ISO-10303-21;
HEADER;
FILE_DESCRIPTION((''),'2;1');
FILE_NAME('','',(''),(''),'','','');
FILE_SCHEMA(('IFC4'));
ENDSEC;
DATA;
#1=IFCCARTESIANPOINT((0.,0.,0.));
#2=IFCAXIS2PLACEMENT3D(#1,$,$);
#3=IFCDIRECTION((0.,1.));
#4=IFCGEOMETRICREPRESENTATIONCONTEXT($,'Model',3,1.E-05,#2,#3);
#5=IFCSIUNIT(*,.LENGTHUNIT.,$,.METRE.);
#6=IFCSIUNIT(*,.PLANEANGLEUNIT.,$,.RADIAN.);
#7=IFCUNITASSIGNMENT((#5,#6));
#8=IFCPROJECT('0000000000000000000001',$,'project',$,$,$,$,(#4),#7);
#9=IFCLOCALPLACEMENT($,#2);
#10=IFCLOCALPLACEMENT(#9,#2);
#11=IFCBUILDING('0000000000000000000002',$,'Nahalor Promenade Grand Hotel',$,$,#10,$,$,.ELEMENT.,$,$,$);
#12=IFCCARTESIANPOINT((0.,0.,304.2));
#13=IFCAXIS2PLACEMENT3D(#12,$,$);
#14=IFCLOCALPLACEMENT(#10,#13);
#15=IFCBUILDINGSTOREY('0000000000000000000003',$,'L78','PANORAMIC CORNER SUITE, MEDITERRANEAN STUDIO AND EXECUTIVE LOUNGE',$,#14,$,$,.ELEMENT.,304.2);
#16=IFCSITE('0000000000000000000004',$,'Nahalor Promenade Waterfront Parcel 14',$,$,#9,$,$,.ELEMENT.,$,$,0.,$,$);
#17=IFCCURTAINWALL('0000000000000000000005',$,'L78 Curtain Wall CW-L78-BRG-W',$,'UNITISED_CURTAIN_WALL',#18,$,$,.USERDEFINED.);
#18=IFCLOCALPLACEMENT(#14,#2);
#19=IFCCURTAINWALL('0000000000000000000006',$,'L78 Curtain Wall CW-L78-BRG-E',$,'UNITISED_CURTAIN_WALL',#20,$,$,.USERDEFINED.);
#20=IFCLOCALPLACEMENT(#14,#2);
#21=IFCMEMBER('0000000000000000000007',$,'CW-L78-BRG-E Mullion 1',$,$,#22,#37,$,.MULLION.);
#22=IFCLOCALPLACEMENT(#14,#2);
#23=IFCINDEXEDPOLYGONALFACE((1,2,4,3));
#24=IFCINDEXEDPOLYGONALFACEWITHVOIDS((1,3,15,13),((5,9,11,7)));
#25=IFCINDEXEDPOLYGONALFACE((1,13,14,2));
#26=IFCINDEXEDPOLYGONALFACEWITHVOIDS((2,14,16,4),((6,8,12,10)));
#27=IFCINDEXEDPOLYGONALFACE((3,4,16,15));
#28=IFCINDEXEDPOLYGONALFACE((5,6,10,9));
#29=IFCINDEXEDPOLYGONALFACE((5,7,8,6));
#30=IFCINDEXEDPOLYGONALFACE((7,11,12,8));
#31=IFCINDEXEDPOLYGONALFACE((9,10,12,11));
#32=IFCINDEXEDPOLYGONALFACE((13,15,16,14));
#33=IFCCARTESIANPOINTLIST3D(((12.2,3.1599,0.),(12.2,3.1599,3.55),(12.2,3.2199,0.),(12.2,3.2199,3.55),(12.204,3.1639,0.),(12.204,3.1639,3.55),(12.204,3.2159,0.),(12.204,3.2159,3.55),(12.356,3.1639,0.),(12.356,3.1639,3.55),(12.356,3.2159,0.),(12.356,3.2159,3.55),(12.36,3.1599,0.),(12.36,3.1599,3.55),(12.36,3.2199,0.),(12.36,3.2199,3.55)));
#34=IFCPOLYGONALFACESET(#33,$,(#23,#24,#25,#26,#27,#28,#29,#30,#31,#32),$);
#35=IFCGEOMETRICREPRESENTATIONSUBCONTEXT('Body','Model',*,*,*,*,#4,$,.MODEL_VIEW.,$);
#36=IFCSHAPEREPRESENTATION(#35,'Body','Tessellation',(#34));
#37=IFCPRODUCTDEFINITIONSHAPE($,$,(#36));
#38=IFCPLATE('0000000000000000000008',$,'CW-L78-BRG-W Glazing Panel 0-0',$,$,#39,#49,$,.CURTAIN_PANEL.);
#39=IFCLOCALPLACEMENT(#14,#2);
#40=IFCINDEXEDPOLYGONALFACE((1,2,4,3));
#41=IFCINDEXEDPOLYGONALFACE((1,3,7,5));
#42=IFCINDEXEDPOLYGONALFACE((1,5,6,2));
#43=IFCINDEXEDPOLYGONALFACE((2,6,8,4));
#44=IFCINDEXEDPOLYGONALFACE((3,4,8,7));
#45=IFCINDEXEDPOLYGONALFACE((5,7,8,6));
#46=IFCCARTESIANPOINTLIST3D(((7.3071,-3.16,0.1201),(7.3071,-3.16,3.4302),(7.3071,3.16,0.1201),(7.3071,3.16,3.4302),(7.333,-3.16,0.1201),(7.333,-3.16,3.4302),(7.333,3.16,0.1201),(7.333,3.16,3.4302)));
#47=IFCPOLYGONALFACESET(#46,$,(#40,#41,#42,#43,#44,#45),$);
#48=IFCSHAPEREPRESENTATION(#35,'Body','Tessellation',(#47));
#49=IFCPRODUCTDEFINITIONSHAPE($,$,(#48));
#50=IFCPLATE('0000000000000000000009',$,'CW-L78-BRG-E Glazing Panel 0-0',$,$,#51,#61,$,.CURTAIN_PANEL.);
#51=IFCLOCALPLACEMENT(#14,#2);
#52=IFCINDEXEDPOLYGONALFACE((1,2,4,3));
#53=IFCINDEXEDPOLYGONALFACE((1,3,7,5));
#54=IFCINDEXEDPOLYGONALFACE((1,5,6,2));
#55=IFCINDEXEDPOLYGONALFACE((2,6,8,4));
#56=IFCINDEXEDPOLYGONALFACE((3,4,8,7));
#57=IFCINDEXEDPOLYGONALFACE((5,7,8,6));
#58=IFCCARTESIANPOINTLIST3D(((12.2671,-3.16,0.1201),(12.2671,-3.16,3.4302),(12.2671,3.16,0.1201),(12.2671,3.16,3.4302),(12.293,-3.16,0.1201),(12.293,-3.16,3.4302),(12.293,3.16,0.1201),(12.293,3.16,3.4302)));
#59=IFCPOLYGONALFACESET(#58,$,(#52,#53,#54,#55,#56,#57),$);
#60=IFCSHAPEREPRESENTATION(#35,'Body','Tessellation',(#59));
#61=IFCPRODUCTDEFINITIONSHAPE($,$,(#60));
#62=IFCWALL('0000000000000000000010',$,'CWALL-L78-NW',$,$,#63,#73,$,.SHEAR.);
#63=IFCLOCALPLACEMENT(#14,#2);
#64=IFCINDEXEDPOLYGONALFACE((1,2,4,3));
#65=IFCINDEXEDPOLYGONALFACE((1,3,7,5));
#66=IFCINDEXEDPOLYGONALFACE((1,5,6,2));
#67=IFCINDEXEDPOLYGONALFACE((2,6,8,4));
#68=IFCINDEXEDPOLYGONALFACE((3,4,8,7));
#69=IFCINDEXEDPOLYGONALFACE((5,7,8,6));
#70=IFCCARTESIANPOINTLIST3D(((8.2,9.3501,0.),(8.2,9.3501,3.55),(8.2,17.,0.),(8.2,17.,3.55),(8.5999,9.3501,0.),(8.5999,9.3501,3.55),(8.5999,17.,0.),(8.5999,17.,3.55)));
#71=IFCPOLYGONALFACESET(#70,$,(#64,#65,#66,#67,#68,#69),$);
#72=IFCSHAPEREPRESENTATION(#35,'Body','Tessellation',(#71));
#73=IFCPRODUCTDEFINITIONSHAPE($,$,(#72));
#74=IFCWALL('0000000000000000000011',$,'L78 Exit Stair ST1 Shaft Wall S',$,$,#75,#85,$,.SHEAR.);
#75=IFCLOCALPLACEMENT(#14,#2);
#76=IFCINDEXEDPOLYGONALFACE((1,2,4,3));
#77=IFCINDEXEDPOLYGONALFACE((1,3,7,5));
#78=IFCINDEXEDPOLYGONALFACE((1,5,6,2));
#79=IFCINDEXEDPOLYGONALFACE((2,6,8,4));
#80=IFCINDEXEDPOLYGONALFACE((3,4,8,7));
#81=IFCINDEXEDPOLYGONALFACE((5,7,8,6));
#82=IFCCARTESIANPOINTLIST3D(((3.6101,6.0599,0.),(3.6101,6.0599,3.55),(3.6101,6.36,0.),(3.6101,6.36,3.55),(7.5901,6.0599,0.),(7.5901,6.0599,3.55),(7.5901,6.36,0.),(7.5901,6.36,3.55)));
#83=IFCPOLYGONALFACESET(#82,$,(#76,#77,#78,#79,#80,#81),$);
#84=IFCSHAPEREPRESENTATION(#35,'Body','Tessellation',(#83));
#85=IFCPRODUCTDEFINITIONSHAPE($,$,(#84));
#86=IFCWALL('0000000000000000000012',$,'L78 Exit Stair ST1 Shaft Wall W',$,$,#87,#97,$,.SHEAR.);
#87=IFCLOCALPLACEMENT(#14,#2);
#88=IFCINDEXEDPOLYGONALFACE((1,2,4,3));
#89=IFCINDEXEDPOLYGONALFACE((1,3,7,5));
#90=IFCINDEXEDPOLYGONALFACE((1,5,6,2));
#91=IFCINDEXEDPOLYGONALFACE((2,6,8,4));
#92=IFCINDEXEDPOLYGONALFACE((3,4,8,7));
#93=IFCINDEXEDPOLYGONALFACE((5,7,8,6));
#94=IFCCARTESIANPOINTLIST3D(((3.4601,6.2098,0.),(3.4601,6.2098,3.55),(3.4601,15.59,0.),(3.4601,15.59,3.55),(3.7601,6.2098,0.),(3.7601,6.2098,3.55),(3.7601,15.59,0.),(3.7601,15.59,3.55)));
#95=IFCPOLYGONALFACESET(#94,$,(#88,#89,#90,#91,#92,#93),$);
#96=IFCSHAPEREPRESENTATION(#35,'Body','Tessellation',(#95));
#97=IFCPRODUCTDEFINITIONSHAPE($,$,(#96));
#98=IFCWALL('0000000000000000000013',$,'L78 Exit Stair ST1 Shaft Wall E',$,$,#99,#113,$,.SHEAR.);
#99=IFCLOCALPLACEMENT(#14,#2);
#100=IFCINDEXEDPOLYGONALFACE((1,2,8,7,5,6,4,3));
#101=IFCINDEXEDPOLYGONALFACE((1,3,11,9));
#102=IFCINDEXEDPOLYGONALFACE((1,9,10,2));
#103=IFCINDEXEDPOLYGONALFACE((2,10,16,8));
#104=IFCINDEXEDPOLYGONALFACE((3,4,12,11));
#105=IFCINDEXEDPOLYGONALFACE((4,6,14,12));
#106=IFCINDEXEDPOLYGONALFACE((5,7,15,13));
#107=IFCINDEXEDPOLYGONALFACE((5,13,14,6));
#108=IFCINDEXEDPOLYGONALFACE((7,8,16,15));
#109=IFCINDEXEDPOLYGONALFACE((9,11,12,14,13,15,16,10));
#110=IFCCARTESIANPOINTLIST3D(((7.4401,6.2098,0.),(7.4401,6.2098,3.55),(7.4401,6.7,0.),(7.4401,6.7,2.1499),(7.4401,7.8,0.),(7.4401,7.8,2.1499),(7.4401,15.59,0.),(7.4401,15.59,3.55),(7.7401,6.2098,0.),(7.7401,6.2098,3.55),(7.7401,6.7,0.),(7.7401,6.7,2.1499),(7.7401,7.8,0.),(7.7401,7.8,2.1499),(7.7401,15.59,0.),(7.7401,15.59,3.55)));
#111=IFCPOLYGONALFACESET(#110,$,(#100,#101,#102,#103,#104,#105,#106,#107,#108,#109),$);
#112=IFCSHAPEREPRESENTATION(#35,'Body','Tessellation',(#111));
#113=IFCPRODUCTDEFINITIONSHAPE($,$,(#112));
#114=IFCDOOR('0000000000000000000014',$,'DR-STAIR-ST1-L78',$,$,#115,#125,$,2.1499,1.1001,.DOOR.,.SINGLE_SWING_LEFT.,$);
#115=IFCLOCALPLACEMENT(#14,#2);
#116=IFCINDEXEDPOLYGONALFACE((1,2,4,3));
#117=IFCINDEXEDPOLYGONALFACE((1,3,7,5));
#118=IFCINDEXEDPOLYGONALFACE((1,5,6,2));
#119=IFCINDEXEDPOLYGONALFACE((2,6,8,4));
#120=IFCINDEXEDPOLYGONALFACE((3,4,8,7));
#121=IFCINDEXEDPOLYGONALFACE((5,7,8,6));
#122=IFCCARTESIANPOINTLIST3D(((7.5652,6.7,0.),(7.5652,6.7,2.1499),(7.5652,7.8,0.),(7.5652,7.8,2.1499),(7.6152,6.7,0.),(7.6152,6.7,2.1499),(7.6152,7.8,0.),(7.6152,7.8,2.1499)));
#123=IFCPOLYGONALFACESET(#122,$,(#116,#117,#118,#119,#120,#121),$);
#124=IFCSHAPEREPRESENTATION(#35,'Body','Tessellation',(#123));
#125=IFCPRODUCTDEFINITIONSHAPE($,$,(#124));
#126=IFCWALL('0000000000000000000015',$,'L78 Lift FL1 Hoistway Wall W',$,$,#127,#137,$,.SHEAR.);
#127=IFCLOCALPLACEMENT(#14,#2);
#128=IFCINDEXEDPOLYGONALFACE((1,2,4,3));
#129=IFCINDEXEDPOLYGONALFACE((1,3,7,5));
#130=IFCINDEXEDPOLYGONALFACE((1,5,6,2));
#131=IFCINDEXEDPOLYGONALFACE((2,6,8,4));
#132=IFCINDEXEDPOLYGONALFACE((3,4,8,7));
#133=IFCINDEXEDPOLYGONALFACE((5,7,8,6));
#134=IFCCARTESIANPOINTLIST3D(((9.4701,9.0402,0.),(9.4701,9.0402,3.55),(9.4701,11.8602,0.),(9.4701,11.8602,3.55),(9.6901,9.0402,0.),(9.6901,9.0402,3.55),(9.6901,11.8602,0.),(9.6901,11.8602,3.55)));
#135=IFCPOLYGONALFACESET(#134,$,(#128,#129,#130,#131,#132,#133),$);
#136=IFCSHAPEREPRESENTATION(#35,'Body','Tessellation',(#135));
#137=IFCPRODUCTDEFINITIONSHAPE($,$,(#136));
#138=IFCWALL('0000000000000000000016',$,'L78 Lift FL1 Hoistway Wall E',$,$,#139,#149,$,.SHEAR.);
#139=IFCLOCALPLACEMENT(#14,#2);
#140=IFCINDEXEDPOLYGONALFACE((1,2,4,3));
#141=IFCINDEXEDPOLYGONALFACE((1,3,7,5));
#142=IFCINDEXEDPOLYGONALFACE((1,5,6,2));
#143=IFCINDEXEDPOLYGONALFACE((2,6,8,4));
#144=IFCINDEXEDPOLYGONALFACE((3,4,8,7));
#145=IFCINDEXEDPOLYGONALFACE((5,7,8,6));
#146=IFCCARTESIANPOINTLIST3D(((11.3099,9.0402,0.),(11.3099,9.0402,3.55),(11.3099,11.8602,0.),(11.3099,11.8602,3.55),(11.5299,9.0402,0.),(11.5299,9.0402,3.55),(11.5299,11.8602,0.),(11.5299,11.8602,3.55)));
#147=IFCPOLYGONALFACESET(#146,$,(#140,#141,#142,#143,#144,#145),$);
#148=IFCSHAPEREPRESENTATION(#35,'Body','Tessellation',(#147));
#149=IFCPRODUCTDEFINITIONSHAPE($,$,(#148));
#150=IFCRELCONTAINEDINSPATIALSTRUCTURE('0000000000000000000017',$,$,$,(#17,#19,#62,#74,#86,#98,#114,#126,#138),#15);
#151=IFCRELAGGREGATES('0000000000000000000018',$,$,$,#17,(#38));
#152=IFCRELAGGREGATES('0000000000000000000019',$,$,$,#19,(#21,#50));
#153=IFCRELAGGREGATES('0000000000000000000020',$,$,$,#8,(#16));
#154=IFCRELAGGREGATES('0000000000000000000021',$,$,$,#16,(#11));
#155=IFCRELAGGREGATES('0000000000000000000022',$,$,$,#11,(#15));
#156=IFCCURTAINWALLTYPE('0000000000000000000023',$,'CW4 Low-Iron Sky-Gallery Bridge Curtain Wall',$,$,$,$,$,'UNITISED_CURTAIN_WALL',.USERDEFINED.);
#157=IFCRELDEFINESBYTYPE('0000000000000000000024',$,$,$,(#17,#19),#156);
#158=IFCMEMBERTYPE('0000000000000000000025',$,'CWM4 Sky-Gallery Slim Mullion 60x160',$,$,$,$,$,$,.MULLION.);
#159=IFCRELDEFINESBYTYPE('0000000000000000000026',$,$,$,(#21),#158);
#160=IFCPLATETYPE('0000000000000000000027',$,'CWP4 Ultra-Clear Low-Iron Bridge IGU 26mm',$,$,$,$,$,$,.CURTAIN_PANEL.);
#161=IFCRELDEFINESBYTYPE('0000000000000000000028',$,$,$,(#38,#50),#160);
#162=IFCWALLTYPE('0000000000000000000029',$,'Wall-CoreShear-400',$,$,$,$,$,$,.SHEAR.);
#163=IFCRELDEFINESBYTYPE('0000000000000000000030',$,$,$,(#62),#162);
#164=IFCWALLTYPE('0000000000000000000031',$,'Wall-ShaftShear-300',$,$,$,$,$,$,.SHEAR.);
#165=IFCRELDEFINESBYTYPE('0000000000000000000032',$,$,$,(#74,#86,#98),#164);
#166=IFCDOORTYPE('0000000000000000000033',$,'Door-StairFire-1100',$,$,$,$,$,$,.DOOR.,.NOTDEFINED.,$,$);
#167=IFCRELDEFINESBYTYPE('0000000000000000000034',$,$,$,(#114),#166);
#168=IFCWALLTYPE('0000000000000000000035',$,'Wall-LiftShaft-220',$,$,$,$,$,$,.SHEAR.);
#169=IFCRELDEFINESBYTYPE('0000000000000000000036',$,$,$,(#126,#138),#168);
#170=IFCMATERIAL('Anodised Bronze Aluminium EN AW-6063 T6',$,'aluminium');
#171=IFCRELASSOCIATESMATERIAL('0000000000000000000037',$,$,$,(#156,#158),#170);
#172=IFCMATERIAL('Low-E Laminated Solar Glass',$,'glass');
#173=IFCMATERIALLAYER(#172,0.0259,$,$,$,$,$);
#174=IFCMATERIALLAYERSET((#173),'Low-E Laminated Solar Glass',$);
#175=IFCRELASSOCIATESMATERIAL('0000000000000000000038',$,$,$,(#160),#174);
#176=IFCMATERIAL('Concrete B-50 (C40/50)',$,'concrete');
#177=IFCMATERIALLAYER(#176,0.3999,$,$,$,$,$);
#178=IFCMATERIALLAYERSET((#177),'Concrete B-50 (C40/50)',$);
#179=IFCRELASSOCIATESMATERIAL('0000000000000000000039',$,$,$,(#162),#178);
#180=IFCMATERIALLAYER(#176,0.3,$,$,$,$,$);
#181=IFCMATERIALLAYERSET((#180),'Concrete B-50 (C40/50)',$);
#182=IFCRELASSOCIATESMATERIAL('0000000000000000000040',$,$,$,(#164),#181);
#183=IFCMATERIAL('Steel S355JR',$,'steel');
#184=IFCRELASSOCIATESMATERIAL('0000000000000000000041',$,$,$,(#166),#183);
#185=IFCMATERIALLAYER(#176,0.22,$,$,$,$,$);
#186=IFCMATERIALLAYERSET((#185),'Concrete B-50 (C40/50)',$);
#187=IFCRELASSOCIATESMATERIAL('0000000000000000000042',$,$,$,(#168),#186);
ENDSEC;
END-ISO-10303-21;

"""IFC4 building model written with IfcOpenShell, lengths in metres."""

from ifc_helpers import new_model, si_unit, direction, frame, frame_2d, origin, origin_2d, place, context, subcontext, project, spatial, rectangle, hollow_rectangle, extrude, source, transform, mapped, material, layer, layer_set, material_profile, profile_set, type_object, element, fill, aggregate, save


model = new_model("IFC4")

# Units and contexts
model_context = context("Model", 3, precision=1e-05, world=origin(), true_north=direction((0.0, 1.0)))
body_context = subcontext(model_context, "Body", "Model", "MODEL_VIEW")
ifc_project = project(units=[si_unit("LENGTHUNIT", "METRE"), si_unit("PLANEANGLEUNIT", "RADIAN")], contexts=[model_context])

# Site, building, storey
site_placement = place(None, origin())
site = spatial("IfcSite", under=ifc_project, at=site_placement, Name="Nahalor Promenade Waterfront Parcel 14", CompositionType="ELEMENT", RefElevation=0.0)
building_placement = place(site_placement, origin())
building = spatial("IfcBuilding", under=site, at=building_placement, Name="Nahalor Promenade Grand Hotel", CompositionType="ELEMENT")
storey_placement = place(building_placement, frame((0.0, 0.0, 304.2)))
storey = spatial("IfcBuildingStorey", under=building, at=storey_placement, Name="L78", Description="PANORAMIC CORNER SUITE, MEDITERRANEAN STUDIO AND EXECUTIVE LOUNGE", CompositionType="ELEMENT", Elevation=304.2)

# Shared definitions
ifc_material_1 = material(Name="Steel S355JR", Category="steel")

# Shared definitions
ifc_material_2 = material(Name="Anodised Bronze Aluminium EN AW-6063 T6", Category="aluminium")

# Curtain walls, member
curtain_wall_type_1 = type_object("IfcCurtainWallType", Name="CW4 Low-Iron Sky-Gallery Bridge Curtain Wall", ElementType="UNITISED_CURTAIN_WALL", PredefinedType="USERDEFINED", material=ifc_material_2)
curtain_wall_1_placement = place(storey_placement, origin())
curtain_wall_1 = element("IfcCurtainWall", 1, at=curtain_wall_1_placement, inside=storey, type_object=curtain_wall_type_1, Name="L78 Curtain Wall CW-L78-BRG-W", ObjectType="UNITISED_CURTAIN_WALL", PredefinedType="USERDEFINED")
ifc_material_profile_1 = material_profile(ifc_material_2, hollow_rectangle(XDim=0.06, YDim=0.16, WallThickness=0.004, at=origin_2d()), Name="CWM 60x160x4")
ifc_profile_set_1 = profile_set([ifc_material_profile_1], Name="Anodised Bronze Aluminium EN AW-6063 T6")
member_type_1 = type_object("IfcMemberType", Name="CWM4 Sky-Gallery Slim Mullion 60x160", PredefinedType="MULLION", material=ifc_profile_set_1)
shared_shape_1 = source(origin(), body_context, "Body", "SweptSolid", [
    extrude(hollow_rectangle(XDim=0.06, YDim=0.16, WallThickness=0.004, at=origin_2d()), origin(), (0.0, 0.0, 1.0), 3.55),
])
curtain_wall_2_placement = place(storey_placement, origin())
curtain_wall_2 = element("IfcCurtainWall", 2, at=curtain_wall_2_placement, inside=storey, type_object=curtain_wall_type_1, Name="L78 Curtain Wall CW-L78-BRG-E", ObjectType="UNITISED_CURTAIN_WALL", PredefinedType="USERDEFINED")
member_1_placement = place(storey_placement, frame((12.28, 3.1899, 0.0), z_axis=(0.0, 0.0, 1.0), x_axis=(0.0, 1.0, 0.0)))
member_1 = element("IfcMember", 3, at=member_1_placement, type_object=member_type_1, Name="CW-L78-BRG-E Mullion 1", PredefinedType="MULLION", context=body_context, shape_type="MappedRepresentation", body=[
    mapped(shared_shape_1, transform((0.0, 0.0, 0.0), scale=1.0)),
])

# Plates
ifc_material_3 = material(Name="Low-E Laminated Solar Glass", Category="glass")
ifc_layer_1 = layer(ifc_material_3, 0.0259)
ifc_layer_set_1 = layer_set([ifc_layer_1], Name="Low-E Laminated Solar Glass")
plate_type = type_object("IfcPlateType", Name="CWP4 Ultra-Clear Low-Iron Bridge IGU 26mm", PredefinedType="CURTAIN_PANEL", material=ifc_layer_set_1)
shared_shape_2 = source(origin(), body_context, "Body", "SweptSolid", [
    extrude(rectangle(XDim=6.3201, YDim=0.0259, at=origin_2d()), origin(), (0.0, 0.0, 1.0), 3.3101),
])
plate_1_placement = place(storey_placement, frame((7.3201, 0.0, 0.1201), z_axis=(0.0, 0.0, 1.0), x_axis=(0.0, 1.0, 0.0)))
plate_1 = element("IfcPlate", 4, at=plate_1_placement, type_object=plate_type, Name="CW-L78-BRG-W Glazing Panel 0-0", PredefinedType="CURTAIN_PANEL", context=body_context, shape_type="MappedRepresentation", body=[
    mapped(shared_shape_2, transform((0.0, 0.0, 0.0), scale=1.0)),
])
aggregate(curtain_wall_1, [plate_1])
plate_2_placement = place(storey_placement, frame((12.28, 0.0, 0.1201), z_axis=(0.0, 0.0, 1.0), x_axis=(0.0, 1.0, 0.0)))
plate_2 = element("IfcPlate", 5, at=plate_2_placement, type_object=plate_type, Name="CW-L78-BRG-E Glazing Panel 0-0", PredefinedType="CURTAIN_PANEL", context=body_context, shape_type="MappedRepresentation", body=[
    mapped(shared_shape_2, transform((0.0, 0.0, 0.0), scale=1.0)),
])
aggregate(curtain_wall_2, [member_1, plate_2])

# Walls
ifc_material_4 = material(Name="Concrete B-50 (C40/50)", Category="concrete")
ifc_layer_2 = layer(ifc_material_4, 0.3999)
ifc_layer_set_2 = layer_set([ifc_layer_2], Name="Concrete B-50 (C40/50)")
wall_type_1 = type_object("IfcWallType", Name="Wall-CoreShear-400", PredefinedType="SHEAR", material=ifc_layer_set_2)
shared_shape_3 = source(origin(), body_context, "Body", "SweptSolid", [
    extrude(rectangle(XDim=7.6499, YDim=0.3999, at=frame_2d((3.825, 0.0))), origin(), (0.0, 0.0, 1.0), 3.55),
])
wall_1_placement = place(storey_placement, frame((8.3999, 9.3501, 0.0), z_axis=(0.0, 0.0, 1.0), x_axis=(0.0, 1.0, 0.0)))
element("IfcWall", 6, at=wall_1_placement, inside=storey, type_object=wall_type_1, Name="CWALL-L78-NW", PredefinedType="SHEAR", context=body_context, shape_type="MappedRepresentation", body=[
    mapped(shared_shape_3, transform((0.0, 0.0, 0.0), scale=1.0)),
])
ifc_layer_3 = layer(ifc_material_4, 0.3)
ifc_layer_set_3 = layer_set([ifc_layer_3], Name="Concrete B-50 (C40/50)")
wall_type_2 = type_object("IfcWallType", Name="Wall-ShaftShear-300", PredefinedType="SHEAR", material=ifc_layer_set_3)
shared_shape_4 = source(origin(), body_context, "Body", "SweptSolid", [
    extrude(rectangle(XDim=3.98, YDim=0.3, at=frame_2d((1.99, 0.0))), origin(), (0.0, 0.0, 1.0), 3.55),
])
wall_2_placement = place(storey_placement, frame((3.6101, 6.21, 0.0), z_axis=(0.0, 0.0, 1.0), x_axis=(1.0, 0.0, 0.0)))
element("IfcWall", 7, at=wall_2_placement, inside=storey, type_object=wall_type_2, Name="L78 Exit Stair ST1 Shaft Wall S", PredefinedType="SHEAR", context=body_context, shape_type="MappedRepresentation", body=[
    mapped(shared_shape_4, transform((0.0, 0.0, 0.0), scale=1.0)),
])
shared_shape_5 = source(origin(), body_context, "Body", "SweptSolid", [
    extrude(rectangle(XDim=9.3801, YDim=0.3, at=frame_2d((4.6899, 0.0))), origin(), (0.0, 0.0, 1.0), 3.55),
])
wall_3_placement = place(storey_placement, frame((3.6101, 6.21, 0.0), z_axis=(0.0, 0.0, 1.0), x_axis=(0.0, 1.0, 0.0)))
element("IfcWall", 8, at=wall_3_placement, inside=storey, type_object=wall_type_2, Name="L78 Exit Stair ST1 Shaft Wall W", PredefinedType="SHEAR", context=body_context, shape_type="MappedRepresentation", body=[
    mapped(shared_shape_5, transform((0.0, 0.0, 0.0), scale=1.0)),
])

# Wall, opening, door
wall_4_placement = place(storey_placement, frame((7.5901, 6.21, 0.0), z_axis=(0.0, 0.0, 1.0), x_axis=(0.0, 1.0, 0.0)))
wall_4 = element("IfcWall", 9, at=wall_4_placement, inside=storey, type_object=wall_type_2, Name="L78 Exit Stair ST1 Shaft Wall E", PredefinedType="SHEAR", context=body_context, shape_type="MappedRepresentation", body=[
    mapped(shared_shape_5, transform((0.0, 0.0, 0.0), scale=1.0)),
])
opening_1_placement = place(wall_4_placement, frame((0.49, 0.0, 0.0)))
opening_1 = element("IfcOpeningElement", 10, at=opening_1_placement, cuts=wall_4, PredefinedType="OPENING", context=body_context, shape_type="SweptSolid", body=[
    extrude(rectangle(XDim=1.1001, YDim=2.1499, at=frame_2d((0.55, 1.075))), frame((0.0, 0.1599, 0.0), z_axis=(0.0, -1.0, 0.0), x_axis=(1.0, 0.0, 0.0)), (0.0, 0.0, 1.0), 0.3201),
])
door_type_1 = type_object("IfcDoorType", Name="Door-StairFire-1100", OperationType="NOTDEFINED", PredefinedType="DOOR", material=ifc_material_1)
shared_shape_6 = source(origin(), body_context, "Body", "SweptSolid", [
    extrude(rectangle(XDim=1.1001, YDim=2.1499, at=frame_2d((0.55, 1.075))), frame((0.0, 0.0249, 0.0), z_axis=(0.0, -1.0, 0.0), x_axis=(1.0, 0.0, 0.0)), (0.0, 0.0, 1.0), 0.05),
])
door_1_placement = place(opening_1_placement, origin())
door_1 = element("IfcDoor", 11, at=door_1_placement, inside=storey, type_object=door_type_1, Name="DR-STAIR-ST1-L78", OperationType="SINGLE_SWING_LEFT", OverallHeight=2.1499, OverallWidth=1.1001, PredefinedType="DOOR", context=body_context, shape_type="MappedRepresentation", body=[
    mapped(shared_shape_6, transform((0.0, 0.0, 0.0), scale=1.0)),
])
fill(opening_1, door_1)

# Walls
ifc_layer_4 = layer(ifc_material_4, 0.22)
ifc_layer_set_4 = layer_set([ifc_layer_4], Name="Concrete B-50 (C40/50)")
wall_type_3 = type_object("IfcWallType", Name="Wall-LiftShaft-220", PredefinedType="SHEAR", material=ifc_layer_set_4)
shared_shape_7 = source(origin(), body_context, "Body", "SweptSolid", [
    extrude(rectangle(XDim=2.8201, YDim=0.22, at=frame_2d((1.4102, 0.0))), origin(), (0.0, 0.0, 1.0), 3.55),
])
for number, where, z_axis, x_axis, name in (
    (12, (9.5801, 9.04, 0.0), (0.0, 0.0, 1.0), (0.0, 1.0, 0.0), "L78 Lift FL1 Hoistway Wall W"),
    (13, (11.4199, 9.04, 0.0), (0.0, 0.0, 1.0), (0.0, 1.0, 0.0), "L78 Lift FL1 Hoistway Wall E"),
):
    element("IfcWall", number, at=place(storey_placement, frame(where, z_axis=z_axis, x_axis=x_axis)), inside=storey, type_object=wall_type_3, Name=name, PredefinedType="SHEAR", context=body_context, shape_type="MappedRepresentation", body=[
        mapped(shared_shape_7, transform((0.0, 0.0, 0.0), scale=1.0)),
    ])

save(model, "model.ifc")
